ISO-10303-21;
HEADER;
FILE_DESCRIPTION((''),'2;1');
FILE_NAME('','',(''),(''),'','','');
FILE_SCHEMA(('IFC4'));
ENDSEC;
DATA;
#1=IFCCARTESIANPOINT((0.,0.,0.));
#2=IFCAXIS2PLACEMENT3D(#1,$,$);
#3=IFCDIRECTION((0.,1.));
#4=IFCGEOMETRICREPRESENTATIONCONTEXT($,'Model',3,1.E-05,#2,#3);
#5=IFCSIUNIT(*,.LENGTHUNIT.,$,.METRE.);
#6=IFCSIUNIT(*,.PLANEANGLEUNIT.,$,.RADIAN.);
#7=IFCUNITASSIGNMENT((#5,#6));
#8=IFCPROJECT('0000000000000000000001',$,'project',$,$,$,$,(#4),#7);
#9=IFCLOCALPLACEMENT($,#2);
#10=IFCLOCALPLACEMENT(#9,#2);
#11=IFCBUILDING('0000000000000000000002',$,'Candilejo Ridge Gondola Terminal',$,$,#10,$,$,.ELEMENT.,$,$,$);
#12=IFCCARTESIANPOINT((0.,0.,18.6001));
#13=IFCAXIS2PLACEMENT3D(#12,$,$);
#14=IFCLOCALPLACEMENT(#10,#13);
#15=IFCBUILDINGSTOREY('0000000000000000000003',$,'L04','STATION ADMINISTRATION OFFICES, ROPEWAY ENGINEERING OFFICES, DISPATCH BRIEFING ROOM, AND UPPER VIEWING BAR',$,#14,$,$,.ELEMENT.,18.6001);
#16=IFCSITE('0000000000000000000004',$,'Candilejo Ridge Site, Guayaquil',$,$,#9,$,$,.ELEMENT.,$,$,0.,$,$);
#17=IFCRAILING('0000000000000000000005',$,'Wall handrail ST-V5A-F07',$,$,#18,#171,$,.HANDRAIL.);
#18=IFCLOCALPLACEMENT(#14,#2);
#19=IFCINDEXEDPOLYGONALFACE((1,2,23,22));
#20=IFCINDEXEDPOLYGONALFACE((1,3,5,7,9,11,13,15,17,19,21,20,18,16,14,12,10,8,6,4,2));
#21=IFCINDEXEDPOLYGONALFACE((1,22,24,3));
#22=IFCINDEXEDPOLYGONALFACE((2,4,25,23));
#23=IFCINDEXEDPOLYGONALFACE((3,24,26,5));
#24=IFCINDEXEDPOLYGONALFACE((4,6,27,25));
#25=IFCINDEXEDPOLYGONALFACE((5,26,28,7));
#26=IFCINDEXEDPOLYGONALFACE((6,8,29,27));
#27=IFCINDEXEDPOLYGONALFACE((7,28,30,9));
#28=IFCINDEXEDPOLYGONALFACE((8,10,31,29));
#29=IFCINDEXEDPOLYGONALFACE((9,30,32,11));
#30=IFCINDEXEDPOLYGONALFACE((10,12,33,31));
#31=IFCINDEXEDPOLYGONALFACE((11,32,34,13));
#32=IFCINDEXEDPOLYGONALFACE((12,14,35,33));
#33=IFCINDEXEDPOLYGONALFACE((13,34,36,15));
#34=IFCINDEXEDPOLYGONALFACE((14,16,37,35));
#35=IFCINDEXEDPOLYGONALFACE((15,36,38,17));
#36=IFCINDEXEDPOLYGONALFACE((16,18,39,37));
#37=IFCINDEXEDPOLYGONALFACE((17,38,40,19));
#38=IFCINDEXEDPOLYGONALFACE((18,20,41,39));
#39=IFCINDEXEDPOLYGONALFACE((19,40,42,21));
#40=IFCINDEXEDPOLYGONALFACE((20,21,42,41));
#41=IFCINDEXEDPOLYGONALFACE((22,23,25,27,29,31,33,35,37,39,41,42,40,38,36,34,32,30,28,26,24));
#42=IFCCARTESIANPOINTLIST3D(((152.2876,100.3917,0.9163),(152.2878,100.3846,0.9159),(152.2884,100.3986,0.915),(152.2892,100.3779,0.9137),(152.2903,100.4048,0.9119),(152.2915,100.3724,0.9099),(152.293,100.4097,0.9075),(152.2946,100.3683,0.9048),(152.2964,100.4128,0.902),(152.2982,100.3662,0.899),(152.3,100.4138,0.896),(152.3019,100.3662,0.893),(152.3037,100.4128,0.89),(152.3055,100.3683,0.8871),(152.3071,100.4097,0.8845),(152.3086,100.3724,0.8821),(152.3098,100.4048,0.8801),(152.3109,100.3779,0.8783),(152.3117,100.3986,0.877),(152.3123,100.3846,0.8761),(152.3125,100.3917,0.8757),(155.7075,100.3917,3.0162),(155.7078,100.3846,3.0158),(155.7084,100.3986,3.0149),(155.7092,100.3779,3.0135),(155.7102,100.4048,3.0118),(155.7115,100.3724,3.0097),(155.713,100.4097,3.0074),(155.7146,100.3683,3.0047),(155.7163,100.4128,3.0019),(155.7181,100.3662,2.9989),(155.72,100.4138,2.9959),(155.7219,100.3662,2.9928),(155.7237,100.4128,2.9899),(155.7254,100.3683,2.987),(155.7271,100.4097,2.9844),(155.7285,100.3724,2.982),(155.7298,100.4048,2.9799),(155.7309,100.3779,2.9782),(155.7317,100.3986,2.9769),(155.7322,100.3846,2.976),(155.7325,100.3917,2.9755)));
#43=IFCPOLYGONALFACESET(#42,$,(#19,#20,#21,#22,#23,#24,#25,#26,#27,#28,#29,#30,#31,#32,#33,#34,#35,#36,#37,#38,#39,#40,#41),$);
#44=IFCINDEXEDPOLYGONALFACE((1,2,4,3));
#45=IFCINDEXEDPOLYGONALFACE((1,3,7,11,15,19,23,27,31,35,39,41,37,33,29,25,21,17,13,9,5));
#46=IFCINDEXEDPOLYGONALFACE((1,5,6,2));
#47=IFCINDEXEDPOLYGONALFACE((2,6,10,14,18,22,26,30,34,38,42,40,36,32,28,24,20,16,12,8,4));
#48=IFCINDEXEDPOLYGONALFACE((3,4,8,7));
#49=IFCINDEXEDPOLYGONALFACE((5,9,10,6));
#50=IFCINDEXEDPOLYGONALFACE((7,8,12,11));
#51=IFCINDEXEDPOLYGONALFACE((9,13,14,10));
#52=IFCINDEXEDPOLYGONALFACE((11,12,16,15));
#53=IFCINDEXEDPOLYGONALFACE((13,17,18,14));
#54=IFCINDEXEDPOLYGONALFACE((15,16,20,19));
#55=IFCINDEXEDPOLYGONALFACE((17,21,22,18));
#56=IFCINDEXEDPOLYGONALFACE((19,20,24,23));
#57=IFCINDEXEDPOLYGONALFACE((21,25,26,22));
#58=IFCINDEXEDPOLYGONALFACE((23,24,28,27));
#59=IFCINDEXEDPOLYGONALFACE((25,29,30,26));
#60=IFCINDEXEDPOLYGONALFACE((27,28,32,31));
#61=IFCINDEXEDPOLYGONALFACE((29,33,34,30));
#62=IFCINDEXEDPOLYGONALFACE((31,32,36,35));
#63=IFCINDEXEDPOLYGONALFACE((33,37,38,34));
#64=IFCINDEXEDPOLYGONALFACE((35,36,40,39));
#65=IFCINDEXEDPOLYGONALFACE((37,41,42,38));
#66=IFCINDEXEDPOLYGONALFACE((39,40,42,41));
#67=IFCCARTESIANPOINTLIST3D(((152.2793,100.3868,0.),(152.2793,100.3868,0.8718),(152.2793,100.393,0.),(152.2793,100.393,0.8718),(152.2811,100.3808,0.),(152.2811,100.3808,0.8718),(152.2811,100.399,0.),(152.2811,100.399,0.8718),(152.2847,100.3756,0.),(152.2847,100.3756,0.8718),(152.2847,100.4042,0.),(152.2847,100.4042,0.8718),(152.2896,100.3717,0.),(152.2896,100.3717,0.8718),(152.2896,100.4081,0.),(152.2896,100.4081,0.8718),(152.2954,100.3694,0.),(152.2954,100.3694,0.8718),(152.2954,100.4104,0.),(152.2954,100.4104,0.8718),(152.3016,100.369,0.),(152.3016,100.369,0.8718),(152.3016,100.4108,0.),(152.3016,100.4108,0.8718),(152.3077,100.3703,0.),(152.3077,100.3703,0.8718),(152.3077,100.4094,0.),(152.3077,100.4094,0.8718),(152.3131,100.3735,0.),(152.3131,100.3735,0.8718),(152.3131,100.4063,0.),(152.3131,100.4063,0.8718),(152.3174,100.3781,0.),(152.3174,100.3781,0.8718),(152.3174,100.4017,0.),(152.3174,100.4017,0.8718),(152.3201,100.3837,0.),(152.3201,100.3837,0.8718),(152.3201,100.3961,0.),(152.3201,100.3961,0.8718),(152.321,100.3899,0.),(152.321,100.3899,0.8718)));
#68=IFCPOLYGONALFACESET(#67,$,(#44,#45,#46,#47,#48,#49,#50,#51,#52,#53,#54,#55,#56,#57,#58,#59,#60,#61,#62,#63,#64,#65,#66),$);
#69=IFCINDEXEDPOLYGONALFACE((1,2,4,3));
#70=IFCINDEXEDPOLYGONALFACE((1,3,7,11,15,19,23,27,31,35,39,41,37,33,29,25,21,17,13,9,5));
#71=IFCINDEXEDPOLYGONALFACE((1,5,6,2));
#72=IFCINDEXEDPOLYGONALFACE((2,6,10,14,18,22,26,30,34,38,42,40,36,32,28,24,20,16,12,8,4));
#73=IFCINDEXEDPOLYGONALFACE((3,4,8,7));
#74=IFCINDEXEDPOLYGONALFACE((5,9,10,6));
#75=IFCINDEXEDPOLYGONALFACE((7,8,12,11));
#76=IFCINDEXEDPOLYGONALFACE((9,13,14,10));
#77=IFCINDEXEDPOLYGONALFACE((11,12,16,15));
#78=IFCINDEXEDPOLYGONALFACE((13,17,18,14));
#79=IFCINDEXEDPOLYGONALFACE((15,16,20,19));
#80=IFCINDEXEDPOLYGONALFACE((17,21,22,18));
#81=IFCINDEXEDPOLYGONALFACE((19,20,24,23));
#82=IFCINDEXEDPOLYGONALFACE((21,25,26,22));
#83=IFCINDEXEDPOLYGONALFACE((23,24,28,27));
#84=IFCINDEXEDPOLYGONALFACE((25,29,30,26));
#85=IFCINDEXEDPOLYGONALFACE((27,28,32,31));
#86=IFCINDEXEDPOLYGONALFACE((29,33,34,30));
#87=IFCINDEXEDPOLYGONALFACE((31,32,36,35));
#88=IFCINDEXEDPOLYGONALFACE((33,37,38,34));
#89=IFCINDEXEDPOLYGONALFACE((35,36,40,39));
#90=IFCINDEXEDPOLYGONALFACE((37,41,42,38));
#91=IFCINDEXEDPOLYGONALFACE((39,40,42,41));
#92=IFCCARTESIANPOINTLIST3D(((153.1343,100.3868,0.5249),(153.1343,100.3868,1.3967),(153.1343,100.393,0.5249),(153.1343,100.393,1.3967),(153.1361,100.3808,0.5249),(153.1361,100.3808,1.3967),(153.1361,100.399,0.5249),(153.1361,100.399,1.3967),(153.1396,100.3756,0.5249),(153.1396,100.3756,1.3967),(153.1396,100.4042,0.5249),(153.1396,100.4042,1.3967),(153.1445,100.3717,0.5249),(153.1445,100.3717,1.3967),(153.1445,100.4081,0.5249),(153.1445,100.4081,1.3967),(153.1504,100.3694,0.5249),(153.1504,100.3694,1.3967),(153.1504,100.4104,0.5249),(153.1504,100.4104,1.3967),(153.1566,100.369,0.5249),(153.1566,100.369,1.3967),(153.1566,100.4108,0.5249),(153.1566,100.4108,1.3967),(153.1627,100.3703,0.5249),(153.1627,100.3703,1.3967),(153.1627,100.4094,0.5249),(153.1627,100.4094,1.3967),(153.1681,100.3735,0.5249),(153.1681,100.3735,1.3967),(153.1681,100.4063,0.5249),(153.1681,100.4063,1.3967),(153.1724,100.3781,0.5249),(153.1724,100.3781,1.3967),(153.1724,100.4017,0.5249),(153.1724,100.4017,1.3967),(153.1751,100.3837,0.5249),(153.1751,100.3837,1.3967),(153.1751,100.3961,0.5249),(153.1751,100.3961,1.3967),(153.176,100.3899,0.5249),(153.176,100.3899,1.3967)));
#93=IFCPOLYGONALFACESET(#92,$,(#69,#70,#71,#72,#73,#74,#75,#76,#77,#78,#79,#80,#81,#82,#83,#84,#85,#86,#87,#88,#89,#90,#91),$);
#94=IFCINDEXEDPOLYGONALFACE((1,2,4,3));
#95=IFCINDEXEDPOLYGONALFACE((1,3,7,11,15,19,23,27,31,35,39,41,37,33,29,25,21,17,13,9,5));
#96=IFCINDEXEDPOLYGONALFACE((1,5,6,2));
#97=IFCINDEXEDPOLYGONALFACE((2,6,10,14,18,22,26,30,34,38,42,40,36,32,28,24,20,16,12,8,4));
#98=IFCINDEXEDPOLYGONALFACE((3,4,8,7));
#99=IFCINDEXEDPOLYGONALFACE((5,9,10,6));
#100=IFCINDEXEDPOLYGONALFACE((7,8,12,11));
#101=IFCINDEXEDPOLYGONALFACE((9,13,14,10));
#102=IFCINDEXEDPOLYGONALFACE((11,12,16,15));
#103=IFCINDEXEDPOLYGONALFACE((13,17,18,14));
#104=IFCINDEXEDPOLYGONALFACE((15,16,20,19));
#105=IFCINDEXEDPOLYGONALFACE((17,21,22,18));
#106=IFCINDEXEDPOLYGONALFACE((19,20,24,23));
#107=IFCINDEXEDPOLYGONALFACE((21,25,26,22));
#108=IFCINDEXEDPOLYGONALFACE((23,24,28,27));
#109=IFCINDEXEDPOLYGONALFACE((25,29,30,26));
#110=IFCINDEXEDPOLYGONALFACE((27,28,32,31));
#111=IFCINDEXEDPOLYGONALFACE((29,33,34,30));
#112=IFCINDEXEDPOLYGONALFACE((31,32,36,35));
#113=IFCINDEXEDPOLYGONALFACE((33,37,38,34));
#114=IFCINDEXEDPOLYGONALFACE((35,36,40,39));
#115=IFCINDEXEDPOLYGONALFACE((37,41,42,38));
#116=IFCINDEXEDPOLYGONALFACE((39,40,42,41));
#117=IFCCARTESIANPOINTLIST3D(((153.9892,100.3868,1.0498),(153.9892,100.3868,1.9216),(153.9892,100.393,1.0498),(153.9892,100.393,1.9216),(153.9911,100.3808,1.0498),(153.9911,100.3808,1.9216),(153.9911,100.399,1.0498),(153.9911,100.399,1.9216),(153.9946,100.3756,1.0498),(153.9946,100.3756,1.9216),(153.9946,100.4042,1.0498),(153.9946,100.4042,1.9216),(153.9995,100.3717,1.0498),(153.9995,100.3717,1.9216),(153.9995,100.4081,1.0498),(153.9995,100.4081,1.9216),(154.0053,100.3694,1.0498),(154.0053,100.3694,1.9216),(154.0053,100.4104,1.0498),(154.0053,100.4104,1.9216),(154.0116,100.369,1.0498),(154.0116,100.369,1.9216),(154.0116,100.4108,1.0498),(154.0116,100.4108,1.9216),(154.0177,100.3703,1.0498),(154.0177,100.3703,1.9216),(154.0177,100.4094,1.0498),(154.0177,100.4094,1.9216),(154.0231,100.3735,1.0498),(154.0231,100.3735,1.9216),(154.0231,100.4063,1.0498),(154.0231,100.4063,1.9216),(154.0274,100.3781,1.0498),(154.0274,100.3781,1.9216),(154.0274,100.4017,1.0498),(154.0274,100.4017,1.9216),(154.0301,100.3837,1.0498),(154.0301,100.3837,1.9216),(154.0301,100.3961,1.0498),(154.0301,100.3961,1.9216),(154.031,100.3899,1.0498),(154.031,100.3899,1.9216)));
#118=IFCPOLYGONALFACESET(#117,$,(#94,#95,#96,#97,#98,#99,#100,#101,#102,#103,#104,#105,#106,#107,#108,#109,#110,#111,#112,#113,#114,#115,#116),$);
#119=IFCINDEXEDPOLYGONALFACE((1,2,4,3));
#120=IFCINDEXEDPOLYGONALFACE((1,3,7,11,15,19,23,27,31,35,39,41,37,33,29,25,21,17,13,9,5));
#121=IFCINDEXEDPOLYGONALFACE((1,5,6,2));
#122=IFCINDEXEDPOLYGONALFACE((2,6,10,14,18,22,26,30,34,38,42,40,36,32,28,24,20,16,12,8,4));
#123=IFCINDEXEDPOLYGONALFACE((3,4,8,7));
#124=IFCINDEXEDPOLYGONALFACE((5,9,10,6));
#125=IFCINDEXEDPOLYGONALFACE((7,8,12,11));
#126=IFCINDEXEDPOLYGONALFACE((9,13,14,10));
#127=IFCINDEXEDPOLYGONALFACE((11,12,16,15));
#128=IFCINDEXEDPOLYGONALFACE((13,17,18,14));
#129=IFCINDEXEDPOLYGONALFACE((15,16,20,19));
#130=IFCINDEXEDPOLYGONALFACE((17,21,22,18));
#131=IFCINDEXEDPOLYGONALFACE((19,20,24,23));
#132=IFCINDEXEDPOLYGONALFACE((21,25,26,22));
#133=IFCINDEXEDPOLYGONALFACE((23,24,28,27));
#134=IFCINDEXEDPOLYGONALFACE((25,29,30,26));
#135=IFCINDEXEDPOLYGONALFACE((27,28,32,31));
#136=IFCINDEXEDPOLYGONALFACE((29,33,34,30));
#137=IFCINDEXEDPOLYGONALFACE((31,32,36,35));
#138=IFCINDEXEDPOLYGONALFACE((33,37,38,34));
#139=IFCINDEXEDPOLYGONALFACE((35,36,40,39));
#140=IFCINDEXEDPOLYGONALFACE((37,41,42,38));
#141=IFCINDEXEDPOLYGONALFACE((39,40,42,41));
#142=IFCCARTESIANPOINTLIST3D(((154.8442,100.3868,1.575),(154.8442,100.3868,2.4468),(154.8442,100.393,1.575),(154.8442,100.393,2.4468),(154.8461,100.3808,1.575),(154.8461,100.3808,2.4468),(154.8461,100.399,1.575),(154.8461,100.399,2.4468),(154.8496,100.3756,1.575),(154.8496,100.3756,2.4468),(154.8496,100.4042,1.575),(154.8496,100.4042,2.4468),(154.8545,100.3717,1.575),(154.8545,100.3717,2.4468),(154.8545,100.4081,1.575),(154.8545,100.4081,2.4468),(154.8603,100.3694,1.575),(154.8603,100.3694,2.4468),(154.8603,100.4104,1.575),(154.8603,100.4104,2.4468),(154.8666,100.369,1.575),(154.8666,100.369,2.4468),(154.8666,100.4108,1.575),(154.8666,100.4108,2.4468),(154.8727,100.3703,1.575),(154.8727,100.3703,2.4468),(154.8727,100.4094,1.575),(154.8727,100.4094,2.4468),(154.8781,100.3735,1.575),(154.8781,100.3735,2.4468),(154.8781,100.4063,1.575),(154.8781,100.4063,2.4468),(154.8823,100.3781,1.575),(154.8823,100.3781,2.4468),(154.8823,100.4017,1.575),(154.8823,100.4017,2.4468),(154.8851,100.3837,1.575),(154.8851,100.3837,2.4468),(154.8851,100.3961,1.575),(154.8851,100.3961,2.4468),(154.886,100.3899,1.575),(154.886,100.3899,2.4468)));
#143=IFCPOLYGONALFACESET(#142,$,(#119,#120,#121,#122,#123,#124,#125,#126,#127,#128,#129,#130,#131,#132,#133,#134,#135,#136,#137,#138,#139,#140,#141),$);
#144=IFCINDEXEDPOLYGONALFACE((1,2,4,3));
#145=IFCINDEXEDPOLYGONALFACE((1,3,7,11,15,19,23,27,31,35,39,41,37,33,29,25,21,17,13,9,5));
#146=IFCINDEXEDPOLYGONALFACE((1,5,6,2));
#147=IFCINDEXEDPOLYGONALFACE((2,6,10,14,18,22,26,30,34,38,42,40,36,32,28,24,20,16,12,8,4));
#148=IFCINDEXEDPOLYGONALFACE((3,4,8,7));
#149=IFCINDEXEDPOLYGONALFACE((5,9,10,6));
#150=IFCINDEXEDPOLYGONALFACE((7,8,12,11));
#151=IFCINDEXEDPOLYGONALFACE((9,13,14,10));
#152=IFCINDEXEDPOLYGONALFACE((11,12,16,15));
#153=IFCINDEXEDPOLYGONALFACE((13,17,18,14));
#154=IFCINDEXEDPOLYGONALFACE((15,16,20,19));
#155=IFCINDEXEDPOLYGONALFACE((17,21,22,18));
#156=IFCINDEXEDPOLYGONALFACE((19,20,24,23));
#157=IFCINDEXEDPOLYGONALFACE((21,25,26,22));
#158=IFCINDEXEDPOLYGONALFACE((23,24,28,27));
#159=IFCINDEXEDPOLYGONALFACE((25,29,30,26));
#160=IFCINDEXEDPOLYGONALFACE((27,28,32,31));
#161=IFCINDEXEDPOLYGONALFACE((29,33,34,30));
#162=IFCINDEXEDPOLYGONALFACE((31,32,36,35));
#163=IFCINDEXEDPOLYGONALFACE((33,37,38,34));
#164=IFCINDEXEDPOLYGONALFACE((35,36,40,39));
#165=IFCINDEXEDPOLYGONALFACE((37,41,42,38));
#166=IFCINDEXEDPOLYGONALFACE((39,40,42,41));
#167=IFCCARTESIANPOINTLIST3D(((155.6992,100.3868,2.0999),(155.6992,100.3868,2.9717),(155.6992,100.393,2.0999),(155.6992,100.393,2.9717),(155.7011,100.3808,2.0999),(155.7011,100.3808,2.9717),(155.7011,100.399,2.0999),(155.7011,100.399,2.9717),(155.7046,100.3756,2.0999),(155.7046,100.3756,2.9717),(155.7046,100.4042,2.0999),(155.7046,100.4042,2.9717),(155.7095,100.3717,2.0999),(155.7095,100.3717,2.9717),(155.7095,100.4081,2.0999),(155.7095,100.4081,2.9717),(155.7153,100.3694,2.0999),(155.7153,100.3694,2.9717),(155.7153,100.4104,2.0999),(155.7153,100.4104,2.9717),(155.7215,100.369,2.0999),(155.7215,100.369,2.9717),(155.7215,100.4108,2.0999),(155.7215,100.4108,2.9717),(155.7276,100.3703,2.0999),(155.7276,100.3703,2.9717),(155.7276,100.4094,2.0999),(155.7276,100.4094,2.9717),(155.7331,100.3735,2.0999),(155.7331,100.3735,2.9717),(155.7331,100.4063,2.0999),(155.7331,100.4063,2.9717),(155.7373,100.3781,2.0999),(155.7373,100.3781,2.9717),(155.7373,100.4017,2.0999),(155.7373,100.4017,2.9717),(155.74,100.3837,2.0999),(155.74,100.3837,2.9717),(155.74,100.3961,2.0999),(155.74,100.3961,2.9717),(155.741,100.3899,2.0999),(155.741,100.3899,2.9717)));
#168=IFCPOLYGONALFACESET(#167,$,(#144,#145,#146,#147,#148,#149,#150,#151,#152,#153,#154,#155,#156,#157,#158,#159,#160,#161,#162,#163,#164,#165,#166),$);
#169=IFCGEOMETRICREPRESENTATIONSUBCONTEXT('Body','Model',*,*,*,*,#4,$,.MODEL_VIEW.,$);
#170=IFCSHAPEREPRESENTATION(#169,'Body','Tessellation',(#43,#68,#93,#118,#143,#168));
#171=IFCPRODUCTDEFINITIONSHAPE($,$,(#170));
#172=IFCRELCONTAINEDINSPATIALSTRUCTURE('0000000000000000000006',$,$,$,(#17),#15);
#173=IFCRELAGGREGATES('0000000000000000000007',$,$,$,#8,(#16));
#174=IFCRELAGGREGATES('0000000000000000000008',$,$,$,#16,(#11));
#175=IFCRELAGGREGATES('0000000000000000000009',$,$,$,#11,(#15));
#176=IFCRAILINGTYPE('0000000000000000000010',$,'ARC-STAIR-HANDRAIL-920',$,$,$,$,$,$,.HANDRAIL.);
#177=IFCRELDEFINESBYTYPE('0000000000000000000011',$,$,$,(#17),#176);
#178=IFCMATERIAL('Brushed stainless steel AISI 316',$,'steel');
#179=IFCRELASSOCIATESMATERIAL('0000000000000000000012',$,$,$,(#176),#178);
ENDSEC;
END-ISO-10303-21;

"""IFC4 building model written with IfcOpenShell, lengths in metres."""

from ifc_helpers import new_model, si_unit, direction, frame, origin, origin_2d, place, context, subcontext, project, spatial, circle, extrude, material, type_object, element, save


model = new_model("IFC4")

# Units and contexts
model_context = context("Model", 3, precision=1e-05, world=origin(), true_north=direction((0.0, 1.0)))
body_context = subcontext(model_context, "Body", "Model", "MODEL_VIEW")
ifc_project = project(units=[si_unit("LENGTHUNIT", "METRE"), si_unit("PLANEANGLEUNIT", "RADIAN")], contexts=[model_context])

# Site, building, storey
site_placement = place(None, origin())
site = spatial("IfcSite", under=ifc_project, at=site_placement, Name="Candilejo Ridge Site, Guayaquil", CompositionType="ELEMENT", RefElevation=0.0)
building_placement = place(site_placement, origin())
building = spatial("IfcBuilding", under=site, at=building_placement, Name="Candilejo Ridge Gondola Terminal", CompositionType="ELEMENT")
storey_placement = place(building_placement, frame((0.0, 0.0, 18.6001)))
storey = spatial("IfcBuildingStorey", under=building, at=storey_placement, Name="L04", Description="STATION ADMINISTRATION OFFICES, ROPEWAY ENGINEERING OFFICES, DISPATCH BRIEFING ROOM, AND UPPER VIEWING BAR", CompositionType="ELEMENT", Elevation=18.6001)

# Railing
ifc_material_1 = material(Name="Brushed stainless steel AISI 316", Category="steel")
railing_type_1 = type_object("IfcRailingType", Name="ARC-STAIR-HANDRAIL-920", PredefinedType="HANDRAIL", material=ifc_material_1)
railing_1_placement = place(storey_placement, frame((152.3, 100.3899, 0.0)))
element("IfcRailing", 1, at=railing_1_placement, inside=storey, type_object=railing_type_1, Name="Wall handrail ST-V5A-F07", PredefinedType="HANDRAIL", context=body_context, shape_type="SweptSolid", body=[
    extrude(circle(Radius=0.0239, at=origin_2d()), frame((0.0, 0.0, 0.896), z_axis=(0.852182, 0.0, 0.523245), x_axis=(0.0, 1.0, 0.0)), (0.0, 0.0, 1.0), 4.0132),
    extrude(circle(Radius=0.021, at=origin_2d()), origin(), (0.0, 0.0, 1.0), 0.8718),
    extrude(circle(Radius=0.021, at=origin_2d()), frame((0.855, 0.0, 0.5249)), (0.0, 0.0, 1.0), 0.8718),
    extrude(circle(Radius=0.021, at=origin_2d()), frame((1.71, 0.0, 1.0498)), (0.0, 0.0, 1.0), 0.8718),
    extrude(circle(Radius=0.021, at=origin_2d()), frame((2.5649, 0.0, 1.575)), (0.0, 0.0, 1.0), 0.8718),
    extrude(circle(Radius=0.021, at=origin_2d()), frame((3.4199, 0.0, 2.0999)), (0.0, 0.0, 1.0), 0.8718),
])

save(model, "model.ifc")
